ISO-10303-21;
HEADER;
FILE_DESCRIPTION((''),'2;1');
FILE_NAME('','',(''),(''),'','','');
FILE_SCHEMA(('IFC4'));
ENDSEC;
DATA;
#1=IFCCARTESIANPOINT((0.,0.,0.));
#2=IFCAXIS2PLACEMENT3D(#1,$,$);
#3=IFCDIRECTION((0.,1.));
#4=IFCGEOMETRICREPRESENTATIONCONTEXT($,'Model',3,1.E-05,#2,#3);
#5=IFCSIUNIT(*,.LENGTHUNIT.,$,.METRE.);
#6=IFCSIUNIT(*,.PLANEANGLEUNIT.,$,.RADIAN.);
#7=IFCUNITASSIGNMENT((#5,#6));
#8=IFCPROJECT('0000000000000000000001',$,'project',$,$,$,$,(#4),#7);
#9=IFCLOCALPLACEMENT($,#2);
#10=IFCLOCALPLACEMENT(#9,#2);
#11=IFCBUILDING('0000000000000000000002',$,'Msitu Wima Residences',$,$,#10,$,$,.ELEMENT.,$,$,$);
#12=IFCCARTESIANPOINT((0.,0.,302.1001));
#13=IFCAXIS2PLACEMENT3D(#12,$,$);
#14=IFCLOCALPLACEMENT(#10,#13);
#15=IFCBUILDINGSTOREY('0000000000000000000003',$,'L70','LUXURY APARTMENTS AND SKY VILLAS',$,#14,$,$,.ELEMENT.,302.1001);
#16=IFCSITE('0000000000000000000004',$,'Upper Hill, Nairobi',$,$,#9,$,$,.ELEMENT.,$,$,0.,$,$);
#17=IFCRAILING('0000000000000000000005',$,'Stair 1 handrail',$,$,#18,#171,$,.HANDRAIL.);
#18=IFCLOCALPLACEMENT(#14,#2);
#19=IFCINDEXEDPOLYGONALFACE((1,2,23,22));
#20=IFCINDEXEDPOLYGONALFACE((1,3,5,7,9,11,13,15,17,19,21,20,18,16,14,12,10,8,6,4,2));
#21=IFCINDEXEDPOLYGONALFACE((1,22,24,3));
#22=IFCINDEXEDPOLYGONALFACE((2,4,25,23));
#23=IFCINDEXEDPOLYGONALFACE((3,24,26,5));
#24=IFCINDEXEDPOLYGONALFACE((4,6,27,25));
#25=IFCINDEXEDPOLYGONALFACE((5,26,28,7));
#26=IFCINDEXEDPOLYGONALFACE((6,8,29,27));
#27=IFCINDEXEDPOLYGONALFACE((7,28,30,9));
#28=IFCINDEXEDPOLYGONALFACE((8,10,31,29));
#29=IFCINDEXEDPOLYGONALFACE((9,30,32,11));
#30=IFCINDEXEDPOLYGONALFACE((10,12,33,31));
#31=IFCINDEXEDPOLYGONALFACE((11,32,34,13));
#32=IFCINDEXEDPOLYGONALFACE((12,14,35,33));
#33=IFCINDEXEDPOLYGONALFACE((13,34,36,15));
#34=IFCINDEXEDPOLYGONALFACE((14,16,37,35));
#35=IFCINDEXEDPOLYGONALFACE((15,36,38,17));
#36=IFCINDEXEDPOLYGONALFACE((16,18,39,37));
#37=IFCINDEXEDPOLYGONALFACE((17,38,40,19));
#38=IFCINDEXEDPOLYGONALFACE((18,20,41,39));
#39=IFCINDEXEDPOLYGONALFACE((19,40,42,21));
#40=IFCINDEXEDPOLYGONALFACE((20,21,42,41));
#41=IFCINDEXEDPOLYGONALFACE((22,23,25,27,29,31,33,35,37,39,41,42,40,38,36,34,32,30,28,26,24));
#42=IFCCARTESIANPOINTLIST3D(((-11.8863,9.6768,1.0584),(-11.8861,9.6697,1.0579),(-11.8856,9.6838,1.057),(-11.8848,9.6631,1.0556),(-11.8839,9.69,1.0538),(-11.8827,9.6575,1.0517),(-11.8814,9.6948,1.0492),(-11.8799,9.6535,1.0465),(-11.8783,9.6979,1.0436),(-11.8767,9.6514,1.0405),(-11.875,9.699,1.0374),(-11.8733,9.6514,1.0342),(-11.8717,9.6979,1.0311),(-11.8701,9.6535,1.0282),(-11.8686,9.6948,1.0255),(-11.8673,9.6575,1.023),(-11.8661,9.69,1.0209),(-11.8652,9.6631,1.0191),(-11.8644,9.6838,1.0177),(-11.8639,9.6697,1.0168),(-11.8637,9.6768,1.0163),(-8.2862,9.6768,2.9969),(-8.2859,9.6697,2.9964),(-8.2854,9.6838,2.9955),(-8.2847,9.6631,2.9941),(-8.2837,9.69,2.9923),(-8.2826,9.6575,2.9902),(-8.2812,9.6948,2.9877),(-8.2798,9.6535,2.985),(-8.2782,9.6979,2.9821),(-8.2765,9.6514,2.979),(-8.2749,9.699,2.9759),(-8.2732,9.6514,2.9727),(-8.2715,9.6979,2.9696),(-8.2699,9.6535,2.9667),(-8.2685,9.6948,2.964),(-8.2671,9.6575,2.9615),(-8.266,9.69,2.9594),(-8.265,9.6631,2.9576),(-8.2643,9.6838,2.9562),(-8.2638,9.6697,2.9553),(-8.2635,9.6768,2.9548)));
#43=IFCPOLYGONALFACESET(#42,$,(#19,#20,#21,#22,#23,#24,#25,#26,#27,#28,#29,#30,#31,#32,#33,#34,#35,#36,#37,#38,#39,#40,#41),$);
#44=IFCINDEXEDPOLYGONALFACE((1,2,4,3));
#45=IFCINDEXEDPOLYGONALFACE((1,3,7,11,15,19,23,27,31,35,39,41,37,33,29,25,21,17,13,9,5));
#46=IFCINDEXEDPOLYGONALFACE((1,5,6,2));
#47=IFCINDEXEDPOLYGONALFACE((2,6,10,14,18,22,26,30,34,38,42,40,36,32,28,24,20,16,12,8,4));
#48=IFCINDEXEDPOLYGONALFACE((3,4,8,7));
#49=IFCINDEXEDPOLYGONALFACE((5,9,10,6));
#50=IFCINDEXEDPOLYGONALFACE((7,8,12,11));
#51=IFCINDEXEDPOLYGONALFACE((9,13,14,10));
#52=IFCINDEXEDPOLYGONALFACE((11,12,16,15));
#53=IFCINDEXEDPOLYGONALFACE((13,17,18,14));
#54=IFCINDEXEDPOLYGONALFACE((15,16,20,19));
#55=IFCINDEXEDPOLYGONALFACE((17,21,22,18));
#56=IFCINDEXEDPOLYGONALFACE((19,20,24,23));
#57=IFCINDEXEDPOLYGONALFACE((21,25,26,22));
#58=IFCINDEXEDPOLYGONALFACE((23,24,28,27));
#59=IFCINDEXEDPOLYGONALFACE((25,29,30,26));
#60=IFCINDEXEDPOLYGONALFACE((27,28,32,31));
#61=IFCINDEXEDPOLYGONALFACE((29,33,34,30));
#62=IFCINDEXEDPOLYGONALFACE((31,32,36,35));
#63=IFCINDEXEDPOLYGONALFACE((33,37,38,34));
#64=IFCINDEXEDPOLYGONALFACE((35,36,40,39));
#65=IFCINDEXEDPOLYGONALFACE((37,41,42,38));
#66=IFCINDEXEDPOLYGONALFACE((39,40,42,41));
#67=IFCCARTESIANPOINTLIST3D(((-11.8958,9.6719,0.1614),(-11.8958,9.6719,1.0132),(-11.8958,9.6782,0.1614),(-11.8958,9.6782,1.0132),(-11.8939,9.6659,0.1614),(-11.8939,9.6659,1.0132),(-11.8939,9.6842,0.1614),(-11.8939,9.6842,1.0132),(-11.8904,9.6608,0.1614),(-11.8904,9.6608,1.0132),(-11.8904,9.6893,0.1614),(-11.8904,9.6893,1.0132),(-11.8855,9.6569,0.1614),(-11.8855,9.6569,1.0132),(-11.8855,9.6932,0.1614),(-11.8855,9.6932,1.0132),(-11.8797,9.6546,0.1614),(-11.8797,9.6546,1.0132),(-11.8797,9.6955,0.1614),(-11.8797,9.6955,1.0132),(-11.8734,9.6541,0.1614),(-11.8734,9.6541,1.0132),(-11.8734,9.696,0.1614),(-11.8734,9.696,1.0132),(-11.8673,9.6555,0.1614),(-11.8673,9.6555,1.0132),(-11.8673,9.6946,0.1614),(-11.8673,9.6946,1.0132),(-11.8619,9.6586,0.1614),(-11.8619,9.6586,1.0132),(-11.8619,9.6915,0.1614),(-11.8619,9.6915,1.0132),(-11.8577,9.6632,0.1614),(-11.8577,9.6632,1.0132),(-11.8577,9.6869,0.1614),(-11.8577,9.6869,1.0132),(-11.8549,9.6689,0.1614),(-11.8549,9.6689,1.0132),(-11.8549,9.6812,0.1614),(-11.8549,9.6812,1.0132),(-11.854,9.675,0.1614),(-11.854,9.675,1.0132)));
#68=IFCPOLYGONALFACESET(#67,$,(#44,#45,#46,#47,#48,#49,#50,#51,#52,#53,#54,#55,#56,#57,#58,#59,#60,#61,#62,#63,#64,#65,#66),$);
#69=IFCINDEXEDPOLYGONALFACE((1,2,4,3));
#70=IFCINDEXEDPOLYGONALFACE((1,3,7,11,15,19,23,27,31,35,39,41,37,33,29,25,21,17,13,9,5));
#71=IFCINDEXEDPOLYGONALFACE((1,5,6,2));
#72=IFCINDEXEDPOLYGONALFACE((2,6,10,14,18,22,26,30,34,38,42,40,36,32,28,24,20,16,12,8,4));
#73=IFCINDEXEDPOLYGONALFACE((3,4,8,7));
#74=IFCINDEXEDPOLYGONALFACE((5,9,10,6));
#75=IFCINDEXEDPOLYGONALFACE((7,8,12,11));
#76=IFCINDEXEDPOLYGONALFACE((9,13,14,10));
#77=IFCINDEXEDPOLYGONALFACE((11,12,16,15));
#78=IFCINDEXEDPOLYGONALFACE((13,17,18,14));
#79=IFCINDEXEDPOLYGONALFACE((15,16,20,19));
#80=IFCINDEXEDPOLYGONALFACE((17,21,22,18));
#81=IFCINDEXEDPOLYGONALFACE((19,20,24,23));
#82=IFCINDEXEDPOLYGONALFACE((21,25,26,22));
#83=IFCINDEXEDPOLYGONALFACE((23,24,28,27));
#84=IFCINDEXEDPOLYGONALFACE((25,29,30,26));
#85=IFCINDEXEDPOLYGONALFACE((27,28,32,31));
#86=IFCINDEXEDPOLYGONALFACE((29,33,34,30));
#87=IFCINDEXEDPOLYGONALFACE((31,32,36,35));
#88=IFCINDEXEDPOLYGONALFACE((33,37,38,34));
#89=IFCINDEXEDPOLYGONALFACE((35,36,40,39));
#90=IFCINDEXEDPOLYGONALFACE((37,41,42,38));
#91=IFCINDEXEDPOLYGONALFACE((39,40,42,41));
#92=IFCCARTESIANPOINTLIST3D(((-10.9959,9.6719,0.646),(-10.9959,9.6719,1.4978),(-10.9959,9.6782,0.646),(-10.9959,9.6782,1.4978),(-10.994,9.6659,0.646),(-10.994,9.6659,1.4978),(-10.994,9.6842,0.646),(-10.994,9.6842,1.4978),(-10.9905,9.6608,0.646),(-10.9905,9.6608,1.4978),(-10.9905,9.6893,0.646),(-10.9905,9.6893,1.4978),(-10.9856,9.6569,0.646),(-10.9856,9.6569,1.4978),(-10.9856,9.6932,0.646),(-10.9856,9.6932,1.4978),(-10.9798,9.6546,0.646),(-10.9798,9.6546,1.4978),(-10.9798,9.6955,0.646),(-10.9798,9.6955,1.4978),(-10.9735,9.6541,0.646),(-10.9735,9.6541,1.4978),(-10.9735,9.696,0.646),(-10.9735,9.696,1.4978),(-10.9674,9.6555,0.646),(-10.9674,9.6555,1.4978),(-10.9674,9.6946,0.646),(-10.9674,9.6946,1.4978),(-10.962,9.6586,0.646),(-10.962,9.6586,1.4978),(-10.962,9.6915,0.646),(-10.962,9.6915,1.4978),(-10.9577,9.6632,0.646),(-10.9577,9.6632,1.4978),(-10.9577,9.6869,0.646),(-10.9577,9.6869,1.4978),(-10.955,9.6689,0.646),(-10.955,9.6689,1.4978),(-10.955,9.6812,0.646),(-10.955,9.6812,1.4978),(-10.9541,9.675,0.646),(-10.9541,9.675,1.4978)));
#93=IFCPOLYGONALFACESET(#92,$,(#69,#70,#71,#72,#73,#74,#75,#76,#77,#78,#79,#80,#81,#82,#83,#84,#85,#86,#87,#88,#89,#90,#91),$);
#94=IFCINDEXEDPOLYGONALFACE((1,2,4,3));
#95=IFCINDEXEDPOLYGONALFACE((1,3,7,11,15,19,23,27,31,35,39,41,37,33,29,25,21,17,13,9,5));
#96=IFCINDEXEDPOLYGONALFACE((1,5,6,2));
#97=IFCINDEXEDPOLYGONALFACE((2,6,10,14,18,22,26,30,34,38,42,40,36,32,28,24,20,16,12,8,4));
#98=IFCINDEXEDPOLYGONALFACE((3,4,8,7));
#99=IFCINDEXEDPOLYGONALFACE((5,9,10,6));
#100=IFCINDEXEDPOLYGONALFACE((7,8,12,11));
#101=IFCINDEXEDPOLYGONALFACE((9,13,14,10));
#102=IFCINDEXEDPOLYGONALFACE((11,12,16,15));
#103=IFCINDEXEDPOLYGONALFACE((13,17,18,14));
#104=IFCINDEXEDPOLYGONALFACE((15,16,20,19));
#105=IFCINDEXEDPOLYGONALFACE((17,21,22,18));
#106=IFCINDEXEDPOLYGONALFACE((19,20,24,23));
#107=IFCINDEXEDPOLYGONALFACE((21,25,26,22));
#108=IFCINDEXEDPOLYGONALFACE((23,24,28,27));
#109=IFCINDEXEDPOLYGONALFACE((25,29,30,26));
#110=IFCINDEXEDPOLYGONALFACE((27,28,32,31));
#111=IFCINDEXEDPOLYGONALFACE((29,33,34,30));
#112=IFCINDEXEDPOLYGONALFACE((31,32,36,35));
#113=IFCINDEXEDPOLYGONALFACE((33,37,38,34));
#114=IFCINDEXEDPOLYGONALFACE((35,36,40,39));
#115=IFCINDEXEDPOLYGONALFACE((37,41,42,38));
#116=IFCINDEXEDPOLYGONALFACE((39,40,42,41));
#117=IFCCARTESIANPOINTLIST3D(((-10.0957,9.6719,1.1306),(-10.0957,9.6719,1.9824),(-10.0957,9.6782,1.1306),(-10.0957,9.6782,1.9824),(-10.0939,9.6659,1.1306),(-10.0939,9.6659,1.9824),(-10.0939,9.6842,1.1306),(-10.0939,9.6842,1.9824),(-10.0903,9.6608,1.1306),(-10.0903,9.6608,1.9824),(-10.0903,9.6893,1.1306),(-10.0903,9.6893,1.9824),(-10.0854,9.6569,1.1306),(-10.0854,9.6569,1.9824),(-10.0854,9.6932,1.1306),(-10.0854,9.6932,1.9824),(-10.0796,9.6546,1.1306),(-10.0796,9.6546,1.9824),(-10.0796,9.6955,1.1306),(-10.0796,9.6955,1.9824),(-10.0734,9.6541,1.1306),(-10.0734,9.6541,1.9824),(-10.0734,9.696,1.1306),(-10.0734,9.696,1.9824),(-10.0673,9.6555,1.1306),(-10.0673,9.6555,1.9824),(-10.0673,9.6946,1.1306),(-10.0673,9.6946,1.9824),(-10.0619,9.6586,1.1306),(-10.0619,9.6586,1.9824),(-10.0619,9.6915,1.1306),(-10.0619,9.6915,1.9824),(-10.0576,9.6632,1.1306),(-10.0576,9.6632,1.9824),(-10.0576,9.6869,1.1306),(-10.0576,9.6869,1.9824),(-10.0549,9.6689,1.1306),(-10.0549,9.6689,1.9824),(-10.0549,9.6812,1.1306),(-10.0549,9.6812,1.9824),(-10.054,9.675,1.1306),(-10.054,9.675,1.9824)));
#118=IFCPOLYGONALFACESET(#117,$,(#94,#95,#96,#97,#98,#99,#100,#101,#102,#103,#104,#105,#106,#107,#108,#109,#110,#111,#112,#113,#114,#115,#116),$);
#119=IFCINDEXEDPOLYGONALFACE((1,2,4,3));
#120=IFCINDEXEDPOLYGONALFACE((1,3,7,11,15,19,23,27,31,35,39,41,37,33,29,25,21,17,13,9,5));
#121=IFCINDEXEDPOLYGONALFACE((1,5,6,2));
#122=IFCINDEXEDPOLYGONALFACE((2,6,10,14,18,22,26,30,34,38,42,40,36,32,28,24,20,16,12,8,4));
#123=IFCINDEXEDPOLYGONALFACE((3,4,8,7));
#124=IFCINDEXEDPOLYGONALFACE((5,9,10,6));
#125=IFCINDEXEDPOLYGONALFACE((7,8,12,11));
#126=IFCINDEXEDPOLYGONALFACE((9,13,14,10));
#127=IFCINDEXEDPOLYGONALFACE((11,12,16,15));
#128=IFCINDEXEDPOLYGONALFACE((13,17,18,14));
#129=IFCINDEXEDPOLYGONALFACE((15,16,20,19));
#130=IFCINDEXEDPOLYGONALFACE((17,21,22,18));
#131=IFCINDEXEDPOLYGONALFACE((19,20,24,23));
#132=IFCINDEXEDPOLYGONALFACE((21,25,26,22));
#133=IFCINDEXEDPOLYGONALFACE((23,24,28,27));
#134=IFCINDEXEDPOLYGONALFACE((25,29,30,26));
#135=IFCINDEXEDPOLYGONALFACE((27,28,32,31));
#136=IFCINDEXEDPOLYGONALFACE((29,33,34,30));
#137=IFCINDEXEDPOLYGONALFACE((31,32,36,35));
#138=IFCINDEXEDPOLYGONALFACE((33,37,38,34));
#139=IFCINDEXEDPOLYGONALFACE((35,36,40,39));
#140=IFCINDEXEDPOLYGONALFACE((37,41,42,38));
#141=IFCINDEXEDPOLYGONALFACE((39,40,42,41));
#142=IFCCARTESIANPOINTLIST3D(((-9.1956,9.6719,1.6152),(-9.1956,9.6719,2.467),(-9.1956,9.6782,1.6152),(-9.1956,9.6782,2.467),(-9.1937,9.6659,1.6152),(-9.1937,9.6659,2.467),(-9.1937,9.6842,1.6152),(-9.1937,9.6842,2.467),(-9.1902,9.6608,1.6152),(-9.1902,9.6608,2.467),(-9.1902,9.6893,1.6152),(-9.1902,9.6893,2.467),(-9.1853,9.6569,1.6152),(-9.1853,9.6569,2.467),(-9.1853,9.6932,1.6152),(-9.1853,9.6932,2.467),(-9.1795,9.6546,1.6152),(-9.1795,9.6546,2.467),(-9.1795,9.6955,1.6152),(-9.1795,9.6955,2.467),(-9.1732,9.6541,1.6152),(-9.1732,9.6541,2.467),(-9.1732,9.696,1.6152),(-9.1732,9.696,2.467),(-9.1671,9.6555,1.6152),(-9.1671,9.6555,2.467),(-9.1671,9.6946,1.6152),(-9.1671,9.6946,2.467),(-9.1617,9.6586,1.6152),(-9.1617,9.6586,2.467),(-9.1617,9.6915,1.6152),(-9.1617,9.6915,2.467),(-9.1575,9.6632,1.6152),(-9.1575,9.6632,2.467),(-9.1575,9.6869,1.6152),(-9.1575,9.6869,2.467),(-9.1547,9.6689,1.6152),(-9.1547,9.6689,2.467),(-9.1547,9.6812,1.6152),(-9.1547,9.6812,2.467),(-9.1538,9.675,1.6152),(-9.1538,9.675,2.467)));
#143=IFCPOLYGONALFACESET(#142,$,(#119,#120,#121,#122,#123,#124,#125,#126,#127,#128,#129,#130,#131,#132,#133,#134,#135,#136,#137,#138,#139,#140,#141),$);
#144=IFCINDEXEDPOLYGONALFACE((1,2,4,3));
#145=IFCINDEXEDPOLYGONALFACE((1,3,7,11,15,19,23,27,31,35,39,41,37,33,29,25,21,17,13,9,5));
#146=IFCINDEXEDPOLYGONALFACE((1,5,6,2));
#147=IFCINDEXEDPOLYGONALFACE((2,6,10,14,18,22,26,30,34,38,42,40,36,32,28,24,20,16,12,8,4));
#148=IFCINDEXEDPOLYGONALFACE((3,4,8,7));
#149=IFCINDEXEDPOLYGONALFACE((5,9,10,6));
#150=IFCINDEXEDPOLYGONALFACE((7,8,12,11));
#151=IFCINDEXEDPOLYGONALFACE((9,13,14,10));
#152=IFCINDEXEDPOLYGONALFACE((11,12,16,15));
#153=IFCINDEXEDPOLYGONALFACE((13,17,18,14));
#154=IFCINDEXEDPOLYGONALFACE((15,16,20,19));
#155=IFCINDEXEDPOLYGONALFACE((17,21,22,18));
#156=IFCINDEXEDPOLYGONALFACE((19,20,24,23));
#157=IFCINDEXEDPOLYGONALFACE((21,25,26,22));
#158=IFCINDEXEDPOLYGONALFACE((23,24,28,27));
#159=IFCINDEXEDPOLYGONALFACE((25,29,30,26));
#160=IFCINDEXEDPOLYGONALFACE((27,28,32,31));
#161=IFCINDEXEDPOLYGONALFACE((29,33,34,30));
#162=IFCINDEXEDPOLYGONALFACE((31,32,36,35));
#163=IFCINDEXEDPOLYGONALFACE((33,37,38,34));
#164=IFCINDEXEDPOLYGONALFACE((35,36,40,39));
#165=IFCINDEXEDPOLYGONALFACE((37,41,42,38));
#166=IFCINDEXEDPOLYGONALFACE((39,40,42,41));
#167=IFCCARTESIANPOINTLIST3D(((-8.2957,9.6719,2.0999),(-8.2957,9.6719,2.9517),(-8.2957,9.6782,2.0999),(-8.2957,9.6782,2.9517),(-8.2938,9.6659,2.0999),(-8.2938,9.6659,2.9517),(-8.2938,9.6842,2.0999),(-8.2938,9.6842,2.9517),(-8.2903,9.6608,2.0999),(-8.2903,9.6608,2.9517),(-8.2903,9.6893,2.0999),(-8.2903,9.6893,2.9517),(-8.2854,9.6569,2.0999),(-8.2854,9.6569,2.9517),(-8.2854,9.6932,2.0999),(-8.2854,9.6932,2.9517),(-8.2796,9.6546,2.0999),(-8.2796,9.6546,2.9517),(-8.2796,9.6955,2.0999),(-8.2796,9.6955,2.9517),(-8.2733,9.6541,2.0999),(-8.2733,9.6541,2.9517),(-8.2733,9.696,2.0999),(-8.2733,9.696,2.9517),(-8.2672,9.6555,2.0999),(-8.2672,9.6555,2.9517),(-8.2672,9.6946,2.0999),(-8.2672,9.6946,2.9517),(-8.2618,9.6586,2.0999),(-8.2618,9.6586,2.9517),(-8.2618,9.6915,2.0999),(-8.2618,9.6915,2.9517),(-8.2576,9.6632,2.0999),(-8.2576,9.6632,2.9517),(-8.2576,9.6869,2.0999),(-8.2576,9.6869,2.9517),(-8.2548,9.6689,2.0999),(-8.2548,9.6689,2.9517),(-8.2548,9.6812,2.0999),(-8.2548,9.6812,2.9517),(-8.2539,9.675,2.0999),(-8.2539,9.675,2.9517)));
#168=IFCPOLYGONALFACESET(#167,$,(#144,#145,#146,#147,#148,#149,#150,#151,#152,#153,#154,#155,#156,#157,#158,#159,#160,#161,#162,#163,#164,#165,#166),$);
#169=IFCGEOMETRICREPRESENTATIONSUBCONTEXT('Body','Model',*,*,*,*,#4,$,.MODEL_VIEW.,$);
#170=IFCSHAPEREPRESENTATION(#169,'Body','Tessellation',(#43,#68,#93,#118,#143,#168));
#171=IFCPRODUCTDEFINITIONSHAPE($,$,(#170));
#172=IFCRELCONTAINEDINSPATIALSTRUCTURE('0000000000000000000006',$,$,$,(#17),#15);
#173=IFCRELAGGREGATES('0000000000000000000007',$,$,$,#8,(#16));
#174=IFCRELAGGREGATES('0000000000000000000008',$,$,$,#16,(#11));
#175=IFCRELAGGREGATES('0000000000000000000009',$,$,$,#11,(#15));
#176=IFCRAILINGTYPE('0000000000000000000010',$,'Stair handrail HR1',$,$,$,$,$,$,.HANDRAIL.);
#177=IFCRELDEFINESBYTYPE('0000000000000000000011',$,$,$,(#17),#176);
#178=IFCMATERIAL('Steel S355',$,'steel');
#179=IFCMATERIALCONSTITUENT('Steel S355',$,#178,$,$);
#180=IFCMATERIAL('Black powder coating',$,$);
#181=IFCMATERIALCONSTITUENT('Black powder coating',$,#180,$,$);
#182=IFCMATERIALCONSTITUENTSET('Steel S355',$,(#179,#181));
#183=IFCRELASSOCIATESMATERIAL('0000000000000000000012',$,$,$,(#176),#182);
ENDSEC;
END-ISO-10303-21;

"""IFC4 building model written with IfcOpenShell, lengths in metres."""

from ifc_helpers import new_model, si_unit, direction, frame, origin, origin_2d, place, context, subcontext, project, spatial, circle, extrude, material, constituent, constituent_set, type_object, element, save


model = new_model("IFC4")

# Units and contexts
model_context = context("Model", 3, precision=1e-05, world=origin(), true_north=direction((0.0, 1.0)))
body_context = subcontext(model_context, "Body", "Model", "MODEL_VIEW")
ifc_project = project(units=[si_unit("LENGTHUNIT", "METRE"), si_unit("PLANEANGLEUNIT", "RADIAN")], contexts=[model_context])

# Site, building, storey
site_placement = place(None, origin())
site = spatial("IfcSite", under=ifc_project, at=site_placement, Name="Upper Hill, Nairobi", CompositionType="ELEMENT", RefElevation=0.0)
building_placement = place(site_placement, origin())
building = spatial("IfcBuilding", under=site, at=building_placement, Name="Msitu Wima Residences", CompositionType="ELEMENT")
storey_placement = place(building_placement, frame((0.0, 0.0, 302.1001)))
storey = spatial("IfcBuildingStorey", under=building, at=storey_placement, Name="L70", Description="LUXURY APARTMENTS AND SKY VILLAS", CompositionType="ELEMENT", Elevation=302.1001)

# Railing
ifc_material_1 = material(Name="Steel S355", Category="steel")
ifc_constituent_1 = constituent(ifc_material_1, Name="Steel S355")
ifc_material_2 = material(Name="Black powder coating")
ifc_constituent_2 = constituent(ifc_material_2, Name="Black powder coating")
ifc_constituent_set = constituent_set(constituents=[ifc_constituent_1, ifc_constituent_2], Name="Steel S355")
railing_type = type_object("IfcRailingType", Name="Stair handrail HR1", PredefinedType="HANDRAIL", material=ifc_constituent_set)
for number, where, name in (
    (1, (-11.875, 9.675, 0.1614), "Stair 1 handrail"),
):
    element("IfcRailing", number, at=place(storey_placement, frame(where)), inside=storey, type_object=railing_type, Name=name, PredefinedType="HANDRAIL", context=body_context, shape_type="SweptSolid", body=[
        extrude(circle(Radius=0.0239, at=origin_2d()), frame((0.0, 0.0, 0.876), z_axis=(0.880475, 0.0, 0.474093), x_axis=(0.0, 1.0, 0.0)), (0.0, 0.0, 1.0), 4.0889),
        extrude(circle(Radius=0.021, at=origin_2d()), origin(), (0.0, 0.0, 1.0), 0.8518),
        extrude(circle(Radius=0.021, at=origin_2d()), frame((0.8999, 0.0, 0.4846)), (0.0, 0.0, 1.0), 0.8518),
        extrude(circle(Radius=0.021, at=origin_2d()), frame((1.8, 0.0, 0.9692)), (0.0, 0.0, 1.0), 0.8518),
        extrude(circle(Radius=0.021, at=origin_2d()), frame((2.7002, 0.0, 1.4539)), (0.0, 0.0, 1.0), 0.8518),
        extrude(circle(Radius=0.021, at=origin_2d()), frame((3.6001, 0.0, 1.9385)), (0.0, 0.0, 1.0), 0.8518),
    ])

save(model, "model.ifc")
